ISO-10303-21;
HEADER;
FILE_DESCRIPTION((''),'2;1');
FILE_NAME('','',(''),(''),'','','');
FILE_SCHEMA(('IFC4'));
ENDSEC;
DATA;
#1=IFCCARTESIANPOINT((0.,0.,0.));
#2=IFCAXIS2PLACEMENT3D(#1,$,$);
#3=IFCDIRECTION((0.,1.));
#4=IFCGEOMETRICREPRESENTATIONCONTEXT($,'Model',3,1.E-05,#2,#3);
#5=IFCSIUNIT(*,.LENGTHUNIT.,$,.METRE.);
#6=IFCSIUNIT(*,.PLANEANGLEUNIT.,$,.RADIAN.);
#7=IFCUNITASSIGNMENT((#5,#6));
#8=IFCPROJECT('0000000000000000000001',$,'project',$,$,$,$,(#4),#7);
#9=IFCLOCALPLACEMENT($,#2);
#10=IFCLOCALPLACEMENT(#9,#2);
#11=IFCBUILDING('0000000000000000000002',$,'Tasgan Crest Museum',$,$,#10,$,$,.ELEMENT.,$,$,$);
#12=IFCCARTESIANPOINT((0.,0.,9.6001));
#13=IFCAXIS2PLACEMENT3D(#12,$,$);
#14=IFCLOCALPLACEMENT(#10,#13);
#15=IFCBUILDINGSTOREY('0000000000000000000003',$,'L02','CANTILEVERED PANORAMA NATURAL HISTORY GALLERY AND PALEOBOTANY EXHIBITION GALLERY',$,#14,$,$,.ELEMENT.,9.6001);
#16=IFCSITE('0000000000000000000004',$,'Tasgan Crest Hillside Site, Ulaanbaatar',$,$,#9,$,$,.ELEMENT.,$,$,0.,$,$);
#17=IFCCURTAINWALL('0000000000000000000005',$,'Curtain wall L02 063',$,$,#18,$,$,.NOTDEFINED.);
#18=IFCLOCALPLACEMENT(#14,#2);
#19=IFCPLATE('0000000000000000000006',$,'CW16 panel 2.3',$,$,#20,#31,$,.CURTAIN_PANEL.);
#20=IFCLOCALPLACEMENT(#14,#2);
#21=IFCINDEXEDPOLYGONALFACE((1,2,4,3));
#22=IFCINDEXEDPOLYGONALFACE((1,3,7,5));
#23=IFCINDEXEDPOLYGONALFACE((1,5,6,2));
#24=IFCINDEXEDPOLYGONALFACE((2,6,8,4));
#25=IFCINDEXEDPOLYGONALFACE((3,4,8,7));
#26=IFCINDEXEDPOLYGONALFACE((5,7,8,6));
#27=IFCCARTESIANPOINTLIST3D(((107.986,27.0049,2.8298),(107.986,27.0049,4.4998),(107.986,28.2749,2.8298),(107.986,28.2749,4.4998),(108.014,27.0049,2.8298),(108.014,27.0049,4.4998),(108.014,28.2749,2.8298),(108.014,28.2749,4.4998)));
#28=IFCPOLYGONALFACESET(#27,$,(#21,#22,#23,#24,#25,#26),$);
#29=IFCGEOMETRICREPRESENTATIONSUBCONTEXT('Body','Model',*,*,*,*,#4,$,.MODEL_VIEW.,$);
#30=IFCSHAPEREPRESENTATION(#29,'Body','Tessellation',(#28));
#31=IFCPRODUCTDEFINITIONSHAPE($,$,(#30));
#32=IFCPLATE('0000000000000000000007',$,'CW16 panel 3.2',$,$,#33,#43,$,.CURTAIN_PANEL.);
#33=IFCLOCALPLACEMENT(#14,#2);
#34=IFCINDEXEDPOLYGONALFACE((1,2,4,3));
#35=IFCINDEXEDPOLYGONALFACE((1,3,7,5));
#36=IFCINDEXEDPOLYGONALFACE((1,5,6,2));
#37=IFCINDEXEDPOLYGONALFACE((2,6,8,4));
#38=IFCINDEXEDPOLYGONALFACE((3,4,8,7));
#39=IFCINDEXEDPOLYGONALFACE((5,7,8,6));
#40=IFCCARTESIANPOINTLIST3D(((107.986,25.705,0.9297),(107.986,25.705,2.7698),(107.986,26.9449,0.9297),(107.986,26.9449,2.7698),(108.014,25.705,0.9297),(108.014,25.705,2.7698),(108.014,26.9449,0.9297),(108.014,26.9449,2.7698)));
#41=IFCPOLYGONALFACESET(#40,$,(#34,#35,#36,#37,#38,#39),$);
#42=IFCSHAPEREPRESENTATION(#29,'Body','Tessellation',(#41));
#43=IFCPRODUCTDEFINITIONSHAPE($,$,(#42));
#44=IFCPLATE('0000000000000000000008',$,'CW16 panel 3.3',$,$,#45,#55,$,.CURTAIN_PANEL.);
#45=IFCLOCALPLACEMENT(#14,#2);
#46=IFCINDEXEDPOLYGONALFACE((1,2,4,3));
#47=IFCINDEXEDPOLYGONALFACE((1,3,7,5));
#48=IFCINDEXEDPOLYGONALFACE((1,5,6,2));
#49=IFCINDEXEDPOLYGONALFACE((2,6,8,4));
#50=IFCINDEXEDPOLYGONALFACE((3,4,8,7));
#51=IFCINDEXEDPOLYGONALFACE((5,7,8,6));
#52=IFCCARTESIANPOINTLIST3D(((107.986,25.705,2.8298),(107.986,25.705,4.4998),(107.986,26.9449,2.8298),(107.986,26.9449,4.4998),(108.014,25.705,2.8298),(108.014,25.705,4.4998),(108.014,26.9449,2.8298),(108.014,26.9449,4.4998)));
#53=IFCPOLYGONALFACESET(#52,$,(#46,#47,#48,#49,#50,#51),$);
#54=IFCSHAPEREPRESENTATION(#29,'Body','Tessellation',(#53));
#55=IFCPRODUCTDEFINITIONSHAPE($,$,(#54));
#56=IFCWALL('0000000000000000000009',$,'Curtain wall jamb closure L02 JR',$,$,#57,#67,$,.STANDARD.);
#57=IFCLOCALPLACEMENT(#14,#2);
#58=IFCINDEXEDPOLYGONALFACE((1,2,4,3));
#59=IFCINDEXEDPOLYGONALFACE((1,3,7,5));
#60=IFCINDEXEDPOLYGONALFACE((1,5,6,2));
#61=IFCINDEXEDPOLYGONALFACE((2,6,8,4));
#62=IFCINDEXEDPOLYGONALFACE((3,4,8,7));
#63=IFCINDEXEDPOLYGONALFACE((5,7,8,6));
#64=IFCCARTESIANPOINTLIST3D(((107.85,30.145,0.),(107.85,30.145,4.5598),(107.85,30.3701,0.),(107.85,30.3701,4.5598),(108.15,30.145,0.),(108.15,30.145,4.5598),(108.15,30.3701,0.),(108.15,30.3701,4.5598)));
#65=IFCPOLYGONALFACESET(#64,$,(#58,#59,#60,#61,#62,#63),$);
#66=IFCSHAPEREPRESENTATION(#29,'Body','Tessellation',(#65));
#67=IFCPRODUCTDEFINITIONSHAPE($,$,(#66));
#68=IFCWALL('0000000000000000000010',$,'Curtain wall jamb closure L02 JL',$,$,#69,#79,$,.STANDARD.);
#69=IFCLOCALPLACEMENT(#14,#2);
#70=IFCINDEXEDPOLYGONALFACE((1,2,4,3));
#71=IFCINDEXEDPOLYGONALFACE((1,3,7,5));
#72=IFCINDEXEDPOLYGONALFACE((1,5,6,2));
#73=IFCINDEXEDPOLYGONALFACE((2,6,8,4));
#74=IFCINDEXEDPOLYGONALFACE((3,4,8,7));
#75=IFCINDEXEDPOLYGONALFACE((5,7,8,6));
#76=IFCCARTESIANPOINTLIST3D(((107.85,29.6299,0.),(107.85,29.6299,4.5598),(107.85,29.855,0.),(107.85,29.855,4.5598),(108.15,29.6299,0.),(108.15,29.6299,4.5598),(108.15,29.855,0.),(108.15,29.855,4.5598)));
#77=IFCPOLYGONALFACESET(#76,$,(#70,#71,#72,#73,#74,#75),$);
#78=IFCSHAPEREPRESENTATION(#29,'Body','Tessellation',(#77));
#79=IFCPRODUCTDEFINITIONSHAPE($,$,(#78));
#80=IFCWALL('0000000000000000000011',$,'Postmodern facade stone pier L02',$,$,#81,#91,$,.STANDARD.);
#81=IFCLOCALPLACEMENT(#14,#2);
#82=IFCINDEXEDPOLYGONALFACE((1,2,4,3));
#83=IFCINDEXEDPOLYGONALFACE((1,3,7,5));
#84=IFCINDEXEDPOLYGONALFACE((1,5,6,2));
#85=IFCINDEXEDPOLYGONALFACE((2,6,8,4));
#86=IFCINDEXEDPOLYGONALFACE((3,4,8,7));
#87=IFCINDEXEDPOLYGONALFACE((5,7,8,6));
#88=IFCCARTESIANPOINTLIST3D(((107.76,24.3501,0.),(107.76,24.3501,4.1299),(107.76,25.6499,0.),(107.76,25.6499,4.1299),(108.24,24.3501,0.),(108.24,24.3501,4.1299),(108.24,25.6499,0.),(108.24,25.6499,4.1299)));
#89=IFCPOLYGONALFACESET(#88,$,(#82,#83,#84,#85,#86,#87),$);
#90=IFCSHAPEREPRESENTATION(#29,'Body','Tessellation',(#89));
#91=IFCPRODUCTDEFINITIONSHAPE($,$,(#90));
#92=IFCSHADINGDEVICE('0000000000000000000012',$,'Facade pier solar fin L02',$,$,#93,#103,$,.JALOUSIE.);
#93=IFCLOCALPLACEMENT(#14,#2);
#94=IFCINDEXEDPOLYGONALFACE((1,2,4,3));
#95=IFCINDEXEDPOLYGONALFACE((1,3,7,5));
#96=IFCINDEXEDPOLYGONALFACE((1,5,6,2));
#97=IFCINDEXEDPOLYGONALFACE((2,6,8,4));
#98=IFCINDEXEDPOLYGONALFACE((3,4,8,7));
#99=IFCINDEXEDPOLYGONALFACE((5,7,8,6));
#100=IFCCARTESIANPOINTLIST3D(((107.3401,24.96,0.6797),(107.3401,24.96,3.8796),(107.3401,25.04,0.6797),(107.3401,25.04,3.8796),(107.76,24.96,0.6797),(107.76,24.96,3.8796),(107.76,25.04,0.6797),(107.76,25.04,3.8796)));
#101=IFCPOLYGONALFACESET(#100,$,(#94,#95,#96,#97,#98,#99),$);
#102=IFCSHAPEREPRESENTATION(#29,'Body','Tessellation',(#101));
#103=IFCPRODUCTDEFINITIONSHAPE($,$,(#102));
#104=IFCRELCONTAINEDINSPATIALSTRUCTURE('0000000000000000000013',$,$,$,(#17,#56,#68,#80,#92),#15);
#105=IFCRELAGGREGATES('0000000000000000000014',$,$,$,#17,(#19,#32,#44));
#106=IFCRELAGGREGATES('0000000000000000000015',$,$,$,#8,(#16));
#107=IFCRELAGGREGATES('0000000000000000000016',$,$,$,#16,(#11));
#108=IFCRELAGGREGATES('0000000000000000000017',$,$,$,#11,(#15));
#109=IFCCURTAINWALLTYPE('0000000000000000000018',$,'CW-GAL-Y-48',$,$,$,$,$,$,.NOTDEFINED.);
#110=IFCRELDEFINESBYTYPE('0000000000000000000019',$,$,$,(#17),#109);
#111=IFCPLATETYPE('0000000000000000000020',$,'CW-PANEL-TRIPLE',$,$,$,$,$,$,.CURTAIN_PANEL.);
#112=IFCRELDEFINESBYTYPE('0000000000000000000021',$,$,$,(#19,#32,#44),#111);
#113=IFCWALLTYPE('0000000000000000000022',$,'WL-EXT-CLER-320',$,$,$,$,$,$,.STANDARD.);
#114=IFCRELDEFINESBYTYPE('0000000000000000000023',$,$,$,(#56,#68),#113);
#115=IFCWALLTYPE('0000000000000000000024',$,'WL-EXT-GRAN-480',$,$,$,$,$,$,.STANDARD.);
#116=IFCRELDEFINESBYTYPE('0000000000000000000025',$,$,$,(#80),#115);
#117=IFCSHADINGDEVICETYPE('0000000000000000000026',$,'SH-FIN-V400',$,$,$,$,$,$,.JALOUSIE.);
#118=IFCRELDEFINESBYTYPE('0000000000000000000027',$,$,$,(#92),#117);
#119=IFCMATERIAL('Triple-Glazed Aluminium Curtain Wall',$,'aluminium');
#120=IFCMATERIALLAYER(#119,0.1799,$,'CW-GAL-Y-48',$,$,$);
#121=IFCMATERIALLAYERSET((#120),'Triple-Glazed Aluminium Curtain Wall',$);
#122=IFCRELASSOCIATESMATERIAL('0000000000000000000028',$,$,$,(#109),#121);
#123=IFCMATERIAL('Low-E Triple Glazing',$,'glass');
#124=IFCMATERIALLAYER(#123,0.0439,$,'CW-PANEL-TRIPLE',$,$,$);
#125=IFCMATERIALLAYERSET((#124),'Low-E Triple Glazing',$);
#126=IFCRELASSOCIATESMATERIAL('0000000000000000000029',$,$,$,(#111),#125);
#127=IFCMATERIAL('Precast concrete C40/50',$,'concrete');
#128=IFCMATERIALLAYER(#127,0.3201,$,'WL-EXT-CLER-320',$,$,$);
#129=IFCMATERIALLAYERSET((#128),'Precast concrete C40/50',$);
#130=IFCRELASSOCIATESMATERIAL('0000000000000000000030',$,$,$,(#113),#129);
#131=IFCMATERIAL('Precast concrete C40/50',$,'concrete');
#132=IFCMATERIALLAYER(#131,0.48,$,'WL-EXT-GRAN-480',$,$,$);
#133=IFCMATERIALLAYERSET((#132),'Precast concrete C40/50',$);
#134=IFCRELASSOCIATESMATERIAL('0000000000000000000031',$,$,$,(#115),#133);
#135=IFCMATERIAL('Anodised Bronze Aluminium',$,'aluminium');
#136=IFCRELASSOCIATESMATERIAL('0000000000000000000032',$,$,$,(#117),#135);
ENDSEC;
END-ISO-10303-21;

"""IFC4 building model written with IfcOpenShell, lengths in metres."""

from ifc_helpers import new_model, si_unit, direction, frame, frame_2d, origin, origin_2d, place, context, subcontext, project, spatial, rectangle, extrude, material, layer, layer_set, type_object, element, aggregate, save


model = new_model("IFC4")

# Units and contexts
model_context = context("Model", 3, precision=1e-05, world=origin(), true_north=direction((0.0, 1.0)))
body_context = subcontext(model_context, "Body", "Model", "MODEL_VIEW")
ifc_project = project(units=[si_unit("LENGTHUNIT", "METRE"), si_unit("PLANEANGLEUNIT", "RADIAN")], contexts=[model_context])

# Site, building, storey
site_placement = place(None, origin())
site = spatial("IfcSite", under=ifc_project, at=site_placement, Name="Tasgan Crest Hillside Site, Ulaanbaatar", CompositionType="ELEMENT", RefElevation=0.0)
building_placement = place(site_placement, origin())
building = spatial("IfcBuilding", under=site, at=building_placement, Name="Tasgan Crest Museum", CompositionType="ELEMENT")
storey_placement = place(building_placement, frame((0.0, 0.0, 9.6001)))
storey = spatial("IfcBuildingStorey", under=building, at=storey_placement, Name="L02", Description="CANTILEVERED PANORAMA NATURAL HISTORY GALLERY AND PALEOBOTANY EXHIBITION GALLERY", CompositionType="ELEMENT", Elevation=9.6001)

# Shared definitions
ifc_material_1 = material(Name="Triple-Glazed Aluminium Curtain Wall", Category="aluminium")
ifc_layer_1 = layer(ifc_material_1, 0.1799, Name="CW-GAL-Y-48")
ifc_layer_set_1 = layer_set([ifc_layer_1], Name="Triple-Glazed Aluminium Curtain Wall")
curtain_wall_type = type_object("IfcCurtainWallType", Name="CW-GAL-Y-48", PredefinedType="NOTDEFINED", material=ifc_layer_set_1)

# Curtain wall
curtain_wall_1_placement = place(storey_placement, origin())
curtain_wall_1 = element("IfcCurtainWall", 1, at=curtain_wall_1_placement, inside=storey, type_object=curtain_wall_type, Name="Curtain wall L02 063", PredefinedType="NOTDEFINED")

# Plates
ifc_material_2 = material(Name="Low-E Triple Glazing", Category="glass")
ifc_layer_2 = layer(ifc_material_2, 0.0439, Name="CW-PANEL-TRIPLE")
ifc_layer_set_2 = layer_set([ifc_layer_2], Name="Low-E Triple Glazing")
plate_type_1 = type_object("IfcPlateType", Name="CW-PANEL-TRIPLE", PredefinedType="CURTAIN_PANEL", material=ifc_layer_set_2)
plate_1_placement = place(storey_placement, frame((108.0, 27.6399, 2.8298), z_axis=(0.0, 0.0, 1.0), x_axis=(0.0, -1.0, 0.0)))
plate_1 = element("IfcPlate", 2, at=plate_1_placement, type_object=plate_type_1, Name="CW16 panel 2.3", PredefinedType="CURTAIN_PANEL", context=body_context, shape_type="SweptSolid", body=[
    extrude(rectangle(XDim=1.27, YDim=0.0281, at=origin_2d()), origin(), (0.0, 0.0, 1.0), 1.6699),
])
plate_2_placement = place(storey_placement, frame((108.0, 26.325, 0.9297), z_axis=(0.0, 0.0, 1.0), x_axis=(0.0, -1.0, 0.0)))
plate_2 = element("IfcPlate", 3, at=plate_2_placement, type_object=plate_type_1, Name="CW16 panel 3.2", PredefinedType="CURTAIN_PANEL", context=body_context, shape_type="SweptSolid", body=[
    extrude(rectangle(XDim=1.24, YDim=0.0281, at=origin_2d()), origin(), (0.0, 0.0, 1.0), 1.8401),
])
plate_3_placement = place(storey_placement, frame((108.0, 26.325, 2.8298), z_axis=(0.0, 0.0, 1.0), x_axis=(0.0, -1.0, 0.0)))
plate_3 = element("IfcPlate", 4, at=plate_3_placement, type_object=plate_type_1, Name="CW16 panel 3.3", PredefinedType="CURTAIN_PANEL", context=body_context, shape_type="SweptSolid", body=[
    extrude(rectangle(XDim=1.24, YDim=0.0281, at=origin_2d()), origin(), (0.0, 0.0, 1.0), 1.6699),
])
aggregate(curtain_wall_1, [plate_1, plate_2, plate_3])

# Walls
ifc_material_3 = material(Name="Precast concrete C40/50", Category="concrete")
ifc_layer_3 = layer(ifc_material_3, 0.3201, Name="WL-EXT-CLER-320")
ifc_layer_set_3 = layer_set([ifc_layer_3], Name="Precast concrete C40/50")
wall_type_1 = type_object("IfcWallType", Name="WL-EXT-CLER-320", PredefinedType="STANDARD", material=ifc_layer_set_3)
for number, where, z_axis, x_axis, name in (
    (5, (108.0, 30.3701, 0.0), (0.0, 0.0, 1.0), (0.0, -1.0, 0.0), "Curtain wall jamb closure L02 JR"),
    (6, (108.0, 29.855, 0.0), (0.0, 0.0, 1.0), (0.0, -1.0, 0.0), "Curtain wall jamb closure L02 JL"),
):
    element("IfcWall", number, at=place(storey_placement, frame(where, z_axis=z_axis, x_axis=x_axis)), inside=storey, type_object=wall_type_1, Name=name, PredefinedType="STANDARD", context=body_context, shape_type="SweptSolid", body=[
        extrude(rectangle(XDim=0.2251, YDim=0.3, at=frame_2d((0.1125, 0.0))), origin(), (0.0, 0.0, 1.0), 4.5598),
    ])
ifc_material_4 = material(Name="Precast concrete C40/50", Category="concrete")
ifc_layer_4 = layer(ifc_material_4, 0.48, Name="WL-EXT-GRAN-480")
ifc_layer_set_4 = layer_set([ifc_layer_4], Name="Precast concrete C40/50")
wall_type_2 = type_object("IfcWallType", Name="WL-EXT-GRAN-480", PredefinedType="STANDARD", material=ifc_layer_set_4)
wall_placement = place(storey_placement, frame((108.0, 25.6499, 0.0), z_axis=(0.0, 0.0, 1.0), x_axis=(0.0, -1.0, 0.0)))
element("IfcWall", 7, at=wall_placement, inside=storey, type_object=wall_type_2, Name="Postmodern facade stone pier L02", PredefinedType="STANDARD", context=body_context, shape_type="SweptSolid", body=[
    extrude(rectangle(XDim=1.2998, YDim=0.48, at=frame_2d((0.6499, 0.0))), origin(), (0.0, 0.0, 1.0), 4.1299),
])

# Shading device
ifc_material_5 = material(Name="Anodised Bronze Aluminium", Category="aluminium")
shading_device_type = type_object("IfcShadingDeviceType", Name="SH-FIN-V400", PredefinedType="JALOUSIE", material=ifc_material_5)
shading_device_placement = place(storey_placement, frame((107.55, 25.0, 0.6797), z_axis=(0.0, 0.0, 1.0), x_axis=(0.0, -1.0, 0.0)))
element("IfcShadingDevice", 8, at=shading_device_placement, inside=storey, type_object=shading_device_type, Name="Facade pier solar fin L02", PredefinedType="JALOUSIE", context=body_context, shape_type="SweptSolid", body=[
    extrude(rectangle(XDim=0.0801, YDim=0.4199, at=origin_2d()), origin(), (0.0, 0.0, 1.0), 3.2),
])

save(model, "model.ifc")
